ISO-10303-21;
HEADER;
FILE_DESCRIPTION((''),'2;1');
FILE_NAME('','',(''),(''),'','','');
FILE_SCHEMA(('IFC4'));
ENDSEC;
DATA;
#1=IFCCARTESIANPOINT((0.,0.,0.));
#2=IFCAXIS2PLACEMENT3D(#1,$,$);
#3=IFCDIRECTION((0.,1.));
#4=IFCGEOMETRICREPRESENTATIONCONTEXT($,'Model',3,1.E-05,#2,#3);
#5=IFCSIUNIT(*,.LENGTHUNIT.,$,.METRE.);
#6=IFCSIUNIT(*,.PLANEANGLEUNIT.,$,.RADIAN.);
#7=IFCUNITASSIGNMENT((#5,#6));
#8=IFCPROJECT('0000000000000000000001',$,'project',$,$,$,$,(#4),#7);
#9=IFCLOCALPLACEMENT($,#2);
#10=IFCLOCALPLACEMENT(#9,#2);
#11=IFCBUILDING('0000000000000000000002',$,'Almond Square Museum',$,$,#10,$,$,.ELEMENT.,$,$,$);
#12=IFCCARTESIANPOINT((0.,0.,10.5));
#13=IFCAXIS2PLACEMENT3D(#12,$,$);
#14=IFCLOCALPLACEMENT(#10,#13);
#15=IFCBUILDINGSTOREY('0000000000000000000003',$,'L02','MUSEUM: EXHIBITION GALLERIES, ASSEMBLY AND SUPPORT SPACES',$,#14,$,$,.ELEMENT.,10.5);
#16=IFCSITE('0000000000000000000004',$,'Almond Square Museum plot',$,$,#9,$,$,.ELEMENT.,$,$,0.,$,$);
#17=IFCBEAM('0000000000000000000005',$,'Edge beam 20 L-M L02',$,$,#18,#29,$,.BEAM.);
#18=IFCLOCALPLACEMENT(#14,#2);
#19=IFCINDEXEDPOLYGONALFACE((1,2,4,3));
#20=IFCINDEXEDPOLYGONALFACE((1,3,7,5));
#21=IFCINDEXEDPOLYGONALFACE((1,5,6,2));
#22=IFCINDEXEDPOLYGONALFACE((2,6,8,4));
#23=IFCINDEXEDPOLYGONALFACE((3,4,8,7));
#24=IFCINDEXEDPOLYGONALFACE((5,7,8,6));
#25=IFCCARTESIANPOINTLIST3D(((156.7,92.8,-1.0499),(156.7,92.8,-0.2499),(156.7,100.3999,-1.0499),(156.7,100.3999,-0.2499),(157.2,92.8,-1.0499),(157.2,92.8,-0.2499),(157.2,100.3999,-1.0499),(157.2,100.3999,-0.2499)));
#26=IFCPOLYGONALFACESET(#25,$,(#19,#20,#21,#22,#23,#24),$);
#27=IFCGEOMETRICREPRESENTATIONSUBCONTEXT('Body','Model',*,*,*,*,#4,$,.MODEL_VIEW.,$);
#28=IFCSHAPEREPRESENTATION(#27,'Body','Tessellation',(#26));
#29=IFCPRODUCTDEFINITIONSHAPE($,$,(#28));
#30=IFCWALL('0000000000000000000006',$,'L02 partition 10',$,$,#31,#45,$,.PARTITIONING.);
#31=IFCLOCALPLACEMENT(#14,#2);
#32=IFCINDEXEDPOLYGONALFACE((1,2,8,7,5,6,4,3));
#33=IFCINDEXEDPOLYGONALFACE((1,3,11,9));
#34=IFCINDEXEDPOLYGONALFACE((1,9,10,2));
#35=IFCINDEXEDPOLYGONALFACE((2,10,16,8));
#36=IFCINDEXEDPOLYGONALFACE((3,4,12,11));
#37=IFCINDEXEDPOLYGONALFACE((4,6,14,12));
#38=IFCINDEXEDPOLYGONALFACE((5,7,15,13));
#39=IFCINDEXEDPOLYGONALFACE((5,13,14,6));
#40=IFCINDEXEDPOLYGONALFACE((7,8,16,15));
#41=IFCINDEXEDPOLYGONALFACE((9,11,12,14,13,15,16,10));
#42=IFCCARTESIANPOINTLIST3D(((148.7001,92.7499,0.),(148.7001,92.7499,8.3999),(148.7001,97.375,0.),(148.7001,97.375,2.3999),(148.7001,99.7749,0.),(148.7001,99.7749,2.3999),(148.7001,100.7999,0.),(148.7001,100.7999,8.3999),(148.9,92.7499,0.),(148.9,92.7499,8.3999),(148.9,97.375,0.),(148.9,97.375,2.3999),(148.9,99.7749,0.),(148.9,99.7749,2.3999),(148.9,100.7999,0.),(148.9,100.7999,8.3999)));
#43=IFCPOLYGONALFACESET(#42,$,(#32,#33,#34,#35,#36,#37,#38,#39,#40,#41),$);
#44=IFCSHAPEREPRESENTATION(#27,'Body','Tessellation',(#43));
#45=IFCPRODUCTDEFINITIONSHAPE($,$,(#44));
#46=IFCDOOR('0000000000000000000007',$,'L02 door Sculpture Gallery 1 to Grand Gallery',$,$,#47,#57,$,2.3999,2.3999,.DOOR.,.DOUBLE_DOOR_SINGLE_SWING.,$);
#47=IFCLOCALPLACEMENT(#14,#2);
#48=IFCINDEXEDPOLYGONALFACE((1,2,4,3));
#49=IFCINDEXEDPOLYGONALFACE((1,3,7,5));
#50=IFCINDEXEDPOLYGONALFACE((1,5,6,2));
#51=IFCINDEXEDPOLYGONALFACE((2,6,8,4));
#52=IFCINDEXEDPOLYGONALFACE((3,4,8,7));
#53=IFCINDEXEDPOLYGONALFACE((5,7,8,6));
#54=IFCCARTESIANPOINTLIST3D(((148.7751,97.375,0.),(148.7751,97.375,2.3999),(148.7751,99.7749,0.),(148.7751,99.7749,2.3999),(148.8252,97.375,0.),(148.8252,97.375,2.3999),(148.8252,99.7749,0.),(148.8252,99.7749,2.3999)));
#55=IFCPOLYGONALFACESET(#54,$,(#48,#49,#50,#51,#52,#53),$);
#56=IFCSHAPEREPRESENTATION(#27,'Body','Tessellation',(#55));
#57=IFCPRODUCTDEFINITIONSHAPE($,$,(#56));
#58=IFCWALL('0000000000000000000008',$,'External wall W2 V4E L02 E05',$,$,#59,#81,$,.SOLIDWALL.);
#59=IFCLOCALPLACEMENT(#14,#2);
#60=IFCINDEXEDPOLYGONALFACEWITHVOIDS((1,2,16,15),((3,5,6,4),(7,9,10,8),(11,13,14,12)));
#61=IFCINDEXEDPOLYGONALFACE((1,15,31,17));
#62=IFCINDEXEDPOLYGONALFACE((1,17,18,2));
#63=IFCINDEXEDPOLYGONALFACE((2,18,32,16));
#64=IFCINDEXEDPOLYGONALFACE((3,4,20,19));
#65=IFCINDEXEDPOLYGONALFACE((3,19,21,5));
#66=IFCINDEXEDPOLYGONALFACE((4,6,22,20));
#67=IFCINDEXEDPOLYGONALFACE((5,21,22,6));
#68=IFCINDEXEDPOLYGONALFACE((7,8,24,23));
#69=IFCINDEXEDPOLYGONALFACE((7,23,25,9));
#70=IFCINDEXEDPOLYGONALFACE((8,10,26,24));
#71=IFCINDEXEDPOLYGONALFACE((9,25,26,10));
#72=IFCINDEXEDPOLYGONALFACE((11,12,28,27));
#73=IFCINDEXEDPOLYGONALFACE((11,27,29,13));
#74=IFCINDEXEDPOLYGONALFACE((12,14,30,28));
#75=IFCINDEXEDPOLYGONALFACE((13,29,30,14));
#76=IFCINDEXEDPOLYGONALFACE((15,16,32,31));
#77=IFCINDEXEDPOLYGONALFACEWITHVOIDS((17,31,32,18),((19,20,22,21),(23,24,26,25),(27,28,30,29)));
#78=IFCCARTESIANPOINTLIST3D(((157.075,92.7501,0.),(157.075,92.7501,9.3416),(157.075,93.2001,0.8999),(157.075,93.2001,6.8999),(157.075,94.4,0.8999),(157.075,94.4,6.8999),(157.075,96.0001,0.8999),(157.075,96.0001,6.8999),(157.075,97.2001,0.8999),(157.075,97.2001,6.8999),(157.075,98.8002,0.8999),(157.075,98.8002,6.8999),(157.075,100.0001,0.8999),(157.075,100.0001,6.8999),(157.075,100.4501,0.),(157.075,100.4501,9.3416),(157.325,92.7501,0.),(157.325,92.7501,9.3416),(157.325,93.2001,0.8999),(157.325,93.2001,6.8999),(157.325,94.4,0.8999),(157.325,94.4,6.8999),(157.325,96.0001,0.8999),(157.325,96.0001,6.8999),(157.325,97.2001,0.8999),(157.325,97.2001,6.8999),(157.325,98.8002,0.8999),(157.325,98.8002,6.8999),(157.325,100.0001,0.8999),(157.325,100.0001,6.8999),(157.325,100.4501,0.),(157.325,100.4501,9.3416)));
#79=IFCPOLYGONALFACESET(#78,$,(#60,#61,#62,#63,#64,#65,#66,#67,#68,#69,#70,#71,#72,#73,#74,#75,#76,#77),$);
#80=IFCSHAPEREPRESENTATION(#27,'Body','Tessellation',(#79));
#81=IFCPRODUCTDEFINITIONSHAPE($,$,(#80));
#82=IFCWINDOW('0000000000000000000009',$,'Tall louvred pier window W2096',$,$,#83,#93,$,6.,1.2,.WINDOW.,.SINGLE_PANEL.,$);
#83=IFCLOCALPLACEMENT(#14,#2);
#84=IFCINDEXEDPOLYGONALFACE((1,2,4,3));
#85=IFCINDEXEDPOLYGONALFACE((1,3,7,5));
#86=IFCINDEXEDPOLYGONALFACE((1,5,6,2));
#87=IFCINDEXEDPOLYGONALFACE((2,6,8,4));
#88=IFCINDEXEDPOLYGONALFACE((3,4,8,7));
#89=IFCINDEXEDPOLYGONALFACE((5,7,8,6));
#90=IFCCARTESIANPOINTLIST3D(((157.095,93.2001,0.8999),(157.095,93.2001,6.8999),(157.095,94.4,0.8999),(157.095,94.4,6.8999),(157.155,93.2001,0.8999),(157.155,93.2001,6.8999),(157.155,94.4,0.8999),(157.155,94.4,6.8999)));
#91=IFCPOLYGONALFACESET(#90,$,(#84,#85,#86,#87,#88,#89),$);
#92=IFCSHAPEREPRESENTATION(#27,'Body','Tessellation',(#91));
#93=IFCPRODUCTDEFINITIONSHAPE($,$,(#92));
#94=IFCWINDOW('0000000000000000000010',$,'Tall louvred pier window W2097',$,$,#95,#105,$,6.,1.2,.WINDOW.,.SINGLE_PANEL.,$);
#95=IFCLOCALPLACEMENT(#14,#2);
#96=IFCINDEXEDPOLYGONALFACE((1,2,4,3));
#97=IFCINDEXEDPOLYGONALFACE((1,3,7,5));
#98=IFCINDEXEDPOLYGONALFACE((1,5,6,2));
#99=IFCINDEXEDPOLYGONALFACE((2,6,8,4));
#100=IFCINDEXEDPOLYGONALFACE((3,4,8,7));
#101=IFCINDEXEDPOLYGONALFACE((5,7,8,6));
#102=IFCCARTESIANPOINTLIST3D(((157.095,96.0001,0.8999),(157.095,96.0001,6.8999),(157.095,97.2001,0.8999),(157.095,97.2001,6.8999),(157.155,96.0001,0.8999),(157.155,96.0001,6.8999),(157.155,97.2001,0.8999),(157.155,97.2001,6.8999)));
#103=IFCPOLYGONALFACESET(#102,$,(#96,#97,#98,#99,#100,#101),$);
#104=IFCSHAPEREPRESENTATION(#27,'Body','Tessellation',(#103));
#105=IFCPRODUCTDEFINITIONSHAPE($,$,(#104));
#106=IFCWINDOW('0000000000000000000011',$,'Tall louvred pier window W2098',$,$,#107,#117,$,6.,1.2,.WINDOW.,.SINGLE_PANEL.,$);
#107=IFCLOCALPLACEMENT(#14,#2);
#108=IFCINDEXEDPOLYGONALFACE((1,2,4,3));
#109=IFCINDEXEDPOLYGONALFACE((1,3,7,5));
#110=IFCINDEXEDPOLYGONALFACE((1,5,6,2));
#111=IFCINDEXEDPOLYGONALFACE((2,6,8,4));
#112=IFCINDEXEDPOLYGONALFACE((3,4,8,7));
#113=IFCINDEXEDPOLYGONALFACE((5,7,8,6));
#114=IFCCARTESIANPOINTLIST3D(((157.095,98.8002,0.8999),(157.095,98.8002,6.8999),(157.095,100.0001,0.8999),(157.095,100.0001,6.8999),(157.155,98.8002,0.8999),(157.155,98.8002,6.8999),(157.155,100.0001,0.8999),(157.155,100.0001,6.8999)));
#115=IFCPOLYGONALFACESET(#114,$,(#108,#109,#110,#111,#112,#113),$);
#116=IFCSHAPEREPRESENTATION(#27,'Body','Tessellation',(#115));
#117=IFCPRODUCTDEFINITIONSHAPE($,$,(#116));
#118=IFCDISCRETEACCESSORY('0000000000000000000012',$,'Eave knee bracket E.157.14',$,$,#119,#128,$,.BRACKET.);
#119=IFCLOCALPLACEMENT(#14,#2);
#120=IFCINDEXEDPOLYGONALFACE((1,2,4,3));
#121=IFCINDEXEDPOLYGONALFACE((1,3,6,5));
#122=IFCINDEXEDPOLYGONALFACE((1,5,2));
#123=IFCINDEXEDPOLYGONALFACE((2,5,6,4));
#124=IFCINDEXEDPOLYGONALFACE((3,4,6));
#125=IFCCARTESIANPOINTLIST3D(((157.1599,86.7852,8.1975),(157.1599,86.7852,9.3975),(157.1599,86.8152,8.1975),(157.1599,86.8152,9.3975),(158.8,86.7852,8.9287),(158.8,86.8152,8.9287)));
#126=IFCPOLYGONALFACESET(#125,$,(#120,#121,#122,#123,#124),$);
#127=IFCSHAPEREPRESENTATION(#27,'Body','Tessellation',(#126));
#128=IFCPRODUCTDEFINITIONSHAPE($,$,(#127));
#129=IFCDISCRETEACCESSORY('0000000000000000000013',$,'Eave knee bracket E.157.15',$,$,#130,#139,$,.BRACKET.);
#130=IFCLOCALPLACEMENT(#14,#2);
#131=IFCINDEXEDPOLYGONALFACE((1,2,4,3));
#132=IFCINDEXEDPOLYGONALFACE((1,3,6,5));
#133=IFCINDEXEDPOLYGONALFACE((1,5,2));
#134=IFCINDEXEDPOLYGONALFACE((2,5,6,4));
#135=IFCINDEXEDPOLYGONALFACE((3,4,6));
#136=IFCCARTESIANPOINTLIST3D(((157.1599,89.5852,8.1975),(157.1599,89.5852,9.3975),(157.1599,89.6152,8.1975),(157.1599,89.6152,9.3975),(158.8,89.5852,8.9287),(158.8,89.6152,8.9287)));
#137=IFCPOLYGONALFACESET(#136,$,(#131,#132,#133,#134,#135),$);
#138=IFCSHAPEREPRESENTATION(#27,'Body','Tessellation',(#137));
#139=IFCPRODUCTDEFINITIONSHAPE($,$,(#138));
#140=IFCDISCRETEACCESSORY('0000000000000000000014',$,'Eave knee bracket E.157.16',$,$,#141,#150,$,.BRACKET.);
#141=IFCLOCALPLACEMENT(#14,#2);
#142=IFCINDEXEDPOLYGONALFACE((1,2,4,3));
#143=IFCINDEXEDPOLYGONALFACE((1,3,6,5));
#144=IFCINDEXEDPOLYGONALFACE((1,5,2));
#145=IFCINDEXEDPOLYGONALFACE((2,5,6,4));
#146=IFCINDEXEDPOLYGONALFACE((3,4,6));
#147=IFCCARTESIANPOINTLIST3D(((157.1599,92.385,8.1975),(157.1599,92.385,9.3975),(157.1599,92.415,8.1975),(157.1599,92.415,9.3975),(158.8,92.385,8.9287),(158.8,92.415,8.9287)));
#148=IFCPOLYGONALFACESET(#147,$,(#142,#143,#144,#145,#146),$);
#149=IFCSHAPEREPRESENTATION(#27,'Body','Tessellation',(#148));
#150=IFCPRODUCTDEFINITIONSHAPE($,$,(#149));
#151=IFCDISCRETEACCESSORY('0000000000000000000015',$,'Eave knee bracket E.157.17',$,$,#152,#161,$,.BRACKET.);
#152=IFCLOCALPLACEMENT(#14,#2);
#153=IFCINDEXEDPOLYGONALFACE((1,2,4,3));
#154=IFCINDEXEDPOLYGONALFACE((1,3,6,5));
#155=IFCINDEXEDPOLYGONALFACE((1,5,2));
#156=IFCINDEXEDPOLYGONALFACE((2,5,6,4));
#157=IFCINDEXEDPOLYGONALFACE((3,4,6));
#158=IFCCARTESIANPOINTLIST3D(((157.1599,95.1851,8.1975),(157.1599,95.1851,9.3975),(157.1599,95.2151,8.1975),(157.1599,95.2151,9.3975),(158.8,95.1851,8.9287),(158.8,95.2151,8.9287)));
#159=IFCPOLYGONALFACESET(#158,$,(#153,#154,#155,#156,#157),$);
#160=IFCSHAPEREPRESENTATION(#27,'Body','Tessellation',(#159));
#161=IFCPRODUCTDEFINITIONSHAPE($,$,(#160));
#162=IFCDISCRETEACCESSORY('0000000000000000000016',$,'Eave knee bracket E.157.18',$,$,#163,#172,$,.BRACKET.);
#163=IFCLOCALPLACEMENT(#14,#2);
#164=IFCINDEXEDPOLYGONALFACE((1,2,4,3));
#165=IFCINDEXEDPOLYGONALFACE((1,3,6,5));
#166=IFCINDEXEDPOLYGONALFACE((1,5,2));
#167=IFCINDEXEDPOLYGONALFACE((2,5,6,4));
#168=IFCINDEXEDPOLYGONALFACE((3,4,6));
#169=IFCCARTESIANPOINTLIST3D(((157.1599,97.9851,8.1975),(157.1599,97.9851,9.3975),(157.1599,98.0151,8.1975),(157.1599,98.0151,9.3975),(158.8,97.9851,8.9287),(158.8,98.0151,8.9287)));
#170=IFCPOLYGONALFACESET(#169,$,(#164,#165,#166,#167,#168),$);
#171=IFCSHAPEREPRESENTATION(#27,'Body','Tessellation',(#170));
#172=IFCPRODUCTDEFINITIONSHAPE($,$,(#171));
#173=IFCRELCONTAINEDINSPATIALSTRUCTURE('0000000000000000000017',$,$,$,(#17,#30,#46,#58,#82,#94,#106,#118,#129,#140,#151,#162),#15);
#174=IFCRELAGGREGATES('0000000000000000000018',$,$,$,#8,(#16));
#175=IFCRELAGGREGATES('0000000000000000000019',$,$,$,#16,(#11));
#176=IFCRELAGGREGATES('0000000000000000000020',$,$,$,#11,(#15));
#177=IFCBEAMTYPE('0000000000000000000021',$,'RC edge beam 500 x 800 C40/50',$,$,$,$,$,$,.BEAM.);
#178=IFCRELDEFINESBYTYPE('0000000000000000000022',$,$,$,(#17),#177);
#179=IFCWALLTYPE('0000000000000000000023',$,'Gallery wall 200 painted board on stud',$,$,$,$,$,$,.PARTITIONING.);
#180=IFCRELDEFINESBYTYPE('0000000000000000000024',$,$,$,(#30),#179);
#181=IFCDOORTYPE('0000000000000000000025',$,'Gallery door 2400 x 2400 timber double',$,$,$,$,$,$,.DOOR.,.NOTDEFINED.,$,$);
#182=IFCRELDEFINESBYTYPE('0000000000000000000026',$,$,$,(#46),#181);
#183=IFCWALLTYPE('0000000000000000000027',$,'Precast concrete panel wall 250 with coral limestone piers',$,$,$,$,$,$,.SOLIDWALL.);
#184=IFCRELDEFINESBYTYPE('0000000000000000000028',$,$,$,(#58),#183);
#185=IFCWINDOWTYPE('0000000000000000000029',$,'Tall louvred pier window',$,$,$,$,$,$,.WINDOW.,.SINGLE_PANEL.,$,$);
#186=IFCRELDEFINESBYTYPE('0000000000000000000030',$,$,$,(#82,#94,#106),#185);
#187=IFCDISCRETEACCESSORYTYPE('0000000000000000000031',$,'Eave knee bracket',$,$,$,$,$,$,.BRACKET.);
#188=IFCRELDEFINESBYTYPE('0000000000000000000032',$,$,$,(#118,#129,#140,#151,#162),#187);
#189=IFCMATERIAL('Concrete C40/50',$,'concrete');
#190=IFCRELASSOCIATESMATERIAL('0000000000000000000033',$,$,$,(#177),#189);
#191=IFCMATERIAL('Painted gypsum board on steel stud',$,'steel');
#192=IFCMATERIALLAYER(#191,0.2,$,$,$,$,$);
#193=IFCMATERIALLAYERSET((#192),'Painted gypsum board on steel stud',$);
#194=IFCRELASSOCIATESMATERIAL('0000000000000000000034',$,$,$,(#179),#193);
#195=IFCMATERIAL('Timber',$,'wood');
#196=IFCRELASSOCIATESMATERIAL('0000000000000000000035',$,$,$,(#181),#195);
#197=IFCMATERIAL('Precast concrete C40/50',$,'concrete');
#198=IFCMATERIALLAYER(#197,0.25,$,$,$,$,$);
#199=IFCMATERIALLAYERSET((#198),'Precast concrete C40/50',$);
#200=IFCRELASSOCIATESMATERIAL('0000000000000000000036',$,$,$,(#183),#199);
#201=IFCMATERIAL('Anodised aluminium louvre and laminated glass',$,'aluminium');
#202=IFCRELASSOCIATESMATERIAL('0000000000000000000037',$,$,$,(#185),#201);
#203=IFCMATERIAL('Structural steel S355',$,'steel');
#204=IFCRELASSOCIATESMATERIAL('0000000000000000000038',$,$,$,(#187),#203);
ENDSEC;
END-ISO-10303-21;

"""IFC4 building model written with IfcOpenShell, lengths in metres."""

from ifc_helpers import new_model, si_unit, direction, frame, frame_2d, origin, origin_2d, place, context, subcontext, project, spatial, polyline, rectangle, outline, extrude, material, layer, layer_set, material_profile, profile_set, type_object, element, fill, save


model = new_model("IFC4")

# Units and contexts
model_context = context("Model", 3, precision=1e-05, world=origin(), true_north=direction((0.0, 1.0)))
body_context = subcontext(model_context, "Body", "Model", "MODEL_VIEW")
ifc_project = project(units=[si_unit("LENGTHUNIT", "METRE"), si_unit("PLANEANGLEUNIT", "RADIAN")], contexts=[model_context])

# Site, building, storey
site_placement = place(None, origin())
site = spatial("IfcSite", under=ifc_project, at=site_placement, Name="Almond Square Museum plot", CompositionType="ELEMENT", RefElevation=0.0)
building_placement = place(site_placement, origin())
building = spatial("IfcBuilding", under=site, at=building_placement, Name="Almond Square Museum", CompositionType="ELEMENT")
storey_placement = place(building_placement, frame((0.0, 0.0, 10.5)))
storey = spatial("IfcBuildingStorey", under=building, at=storey_placement, Name="L02", Description="MUSEUM: EXHIBITION GALLERIES, ASSEMBLY AND SUPPORT SPACES", CompositionType="ELEMENT", Elevation=10.5)

# Beam
ifc_material_1 = material(Name="Concrete C40/50", Category="concrete")
ifc_material_profile_1 = material_profile(ifc_material_1, rectangle(XDim=0.5, YDim=0.8, at=origin_2d()))
ifc_profile_set_1 = profile_set([ifc_material_profile_1], Name="Concrete C40/50")
beam_type_1 = type_object("IfcBeamType", Name="RC edge beam 500 x 800 C40/50", PredefinedType="BEAM", material=ifc_profile_set_1)
beam_1_placement = place(storey_placement, frame((156.95, 92.8, -0.6499), z_axis=(0.0, 1.0, 0.0), x_axis=(-1.0, 0.0, 0.0)))
element("IfcBeam", 1, at=beam_1_placement, inside=storey, type_object=beam_type_1, Name="Edge beam 20 L-M L02", PredefinedType="BEAM", context=body_context, shape_type="SweptSolid", body=[
    extrude(rectangle(XDim=0.5, YDim=0.8, at=origin_2d()), origin(), (0.0, 0.0, 1.0), 7.5999),
])

# Wall, opening, door
ifc_material_2 = material(Name="Painted gypsum board on steel stud", Category="steel")
ifc_layer_1 = layer(ifc_material_2, 0.2)
ifc_layer_set_1 = layer_set([ifc_layer_1], Name="Painted gypsum board on steel stud")
wall_type_1 = type_object("IfcWallType", Name="Gallery wall 200 painted board on stud", PredefinedType="PARTITIONING", material=ifc_layer_set_1)
wall_1_placement = place(storey_placement, frame((148.8, 92.75, 0.0), z_axis=(0.0, 0.0, 1.0), x_axis=(0.0, 1.0, 0.0)))
wall_1 = element("IfcWall", 2, at=wall_1_placement, inside=storey, type_object=wall_type_1, Name="L02 partition 10", PredefinedType="PARTITIONING", context=body_context, shape_type="SweptSolid", body=[
    extrude(rectangle(XDim=8.05, YDim=0.2, at=frame_2d((4.0249, 0.0))), origin(), (0.0, 0.0, 1.0), 8.3999),
])
opening_1_placement = place(wall_1_placement, frame((4.625, 0.0, 0.0)))
opening_1 = element("IfcOpeningElement", 3, at=opening_1_placement, cuts=wall_1, PredefinedType="OPENING", context=body_context, shape_type="SweptSolid", body=[
    extrude(rectangle(XDim=2.3999, YDim=2.3999, at=frame_2d((1.2, 1.2))), frame((0.0, 0.1099, 0.0), z_axis=(0.0, -1.0, 0.0), x_axis=(1.0, 0.0, 0.0)), (0.0, 0.0, 1.0), 0.22),
])
ifc_material_3 = material(Name="Timber", Category="wood")
door_type = type_object("IfcDoorType", Name="Gallery door 2400 x 2400 timber double", OperationType="NOTDEFINED", PredefinedType="DOOR", material=ifc_material_3)
door_placement = place(opening_1_placement, origin())
door = element("IfcDoor", 4, at=door_placement, inside=storey, type_object=door_type, Name="L02 door Sculpture Gallery 1 to Grand Gallery", OperationType="DOUBLE_DOOR_SINGLE_SWING", OverallHeight=2.3999, OverallWidth=2.3999, PredefinedType="DOOR", context=body_context, shape_type="SweptSolid", body=[
    extrude(rectangle(XDim=2.3999, YDim=2.3999, at=frame_2d((1.2, 1.2))), frame((0.0, 0.0249, 0.0), z_axis=(0.0, -1.0, 0.0), x_axis=(1.0, 0.0, 0.0)), (0.0, 0.0, 1.0), 0.05),
])
fill(opening_1, door)

# Wall, openings, windows
ifc_material_4 = material(Name="Precast concrete C40/50", Category="concrete")
ifc_layer_2 = layer(ifc_material_4, 0.25)
ifc_layer_set_2 = layer_set([ifc_layer_2], Name="Precast concrete C40/50")
wall_type_2 = type_object("IfcWallType", Name="Precast concrete panel wall 250 with coral limestone piers", PredefinedType="SOLIDWALL", material=ifc_layer_set_2)
wall_2_placement = place(storey_placement, frame((157.2, 92.75, 0.0), z_axis=(0.0, 0.0, 1.0), x_axis=(0.0, 1.0, 0.0)))
wall_2 = element("IfcWall", 5, at=wall_2_placement, inside=storey, type_object=wall_type_2, Name="External wall W2 V4E L02 E05", PredefinedType="SOLIDWALL", context=body_context, shape_type="SweptSolid", body=[
    extrude(rectangle(XDim=7.7, YDim=0.25, at=frame_2d((3.8501, 0.0))), origin(), (0.0, 0.0, 1.0), 9.3416),
])
opening_2_placement = place(wall_2_placement, frame((0.45, 0.0, 0.8999)))
opening_2 = element("IfcOpeningElement", 6, at=opening_2_placement, cuts=wall_2, PredefinedType="OPENING", context=body_context, shape_type="SweptSolid", body=[
    extrude(rectangle(XDim=1.2, YDim=6.0, at=frame_2d((0.6001, 3.0))), frame((0.0, 0.135, 0.0), z_axis=(0.0, -1.0, 0.0), x_axis=(1.0, 0.0, 0.0)), (0.0, 0.0, 1.0), 0.27),
])
opening_3_placement = place(wall_2_placement, frame((3.25, 0.0, 0.8999)))
opening_3 = element("IfcOpeningElement", 7, at=opening_3_placement, cuts=wall_2, PredefinedType="OPENING", context=body_context, shape_type="SweptSolid", body=[
    extrude(rectangle(XDim=1.2, YDim=6.0, at=frame_2d((0.6001, 3.0))), frame((0.0, 0.135, 0.0), z_axis=(0.0, -1.0, 0.0), x_axis=(1.0, 0.0, 0.0)), (0.0, 0.0, 1.0), 0.27),
])
opening_4_placement = place(wall_2_placement, frame((6.05, 0.0, 0.8999)))
opening_4 = element("IfcOpeningElement", 8, at=opening_4_placement, cuts=wall_2, PredefinedType="OPENING", context=body_context, shape_type="SweptSolid", body=[
    extrude(rectangle(XDim=1.2, YDim=6.0, at=frame_2d((0.6001, 3.0))), frame((0.0, 0.135, 0.0), z_axis=(0.0, -1.0, 0.0), x_axis=(1.0, 0.0, 0.0)), (0.0, 0.0, 1.0), 0.27),
])
ifc_material_5 = material(Name="Anodised aluminium louvre and laminated glass", Category="aluminium")
window_type = type_object("IfcWindowType", Name="Tall louvred pier window", PartitioningType="SINGLE_PANEL", PredefinedType="WINDOW", material=ifc_material_5)
window_1_placement = place(opening_2_placement, origin())
window_1 = element("IfcWindow", 9, at=window_1_placement, inside=storey, type_object=window_type, Name="Tall louvred pier window W2096", OverallHeight=6.0, OverallWidth=1.2, PartitioningType="SINGLE_PANEL", PredefinedType="WINDOW", context=body_context, shape_type="SweptSolid", body=[
    extrude(rectangle(XDim=1.2, YDim=6.0, at=frame_2d((0.6001, 3.0))), frame((0.0, 0.105, 0.0), z_axis=(0.0, -1.0, 0.0), x_axis=(1.0, 0.0, 0.0)), (0.0, 0.0, 1.0), 0.0601),
])
fill(opening_2, window_1)
window_2_placement = place(opening_3_placement, origin())
window_2 = element("IfcWindow", 10, at=window_2_placement, inside=storey, type_object=window_type, Name="Tall louvred pier window W2097", OverallHeight=6.0, OverallWidth=1.2, PartitioningType="SINGLE_PANEL", PredefinedType="WINDOW", context=body_context, shape_type="SweptSolid", body=[
    extrude(rectangle(XDim=1.2, YDim=6.0, at=frame_2d((0.6001, 3.0))), frame((0.0, 0.105, 0.0), z_axis=(0.0, -1.0, 0.0), x_axis=(1.0, 0.0, 0.0)), (0.0, 0.0, 1.0), 0.0601),
])
fill(opening_3, window_2)
window_3_placement = place(opening_4_placement, origin())
window_3 = element("IfcWindow", 11, at=window_3_placement, inside=storey, type_object=window_type, Name="Tall louvred pier window W2098", OverallHeight=6.0, OverallWidth=1.2, PartitioningType="SINGLE_PANEL", PredefinedType="WINDOW", context=body_context, shape_type="SweptSolid", body=[
    extrude(rectangle(XDim=1.2, YDim=6.0, at=frame_2d((0.6001, 3.0))), frame((0.0, 0.105, 0.0), z_axis=(0.0, -1.0, 0.0), x_axis=(1.0, 0.0, 0.0)), (0.0, 0.0, 1.0), 0.0601),
])
fill(opening_4, window_3)

# Discrete accessories
ifc_material_6 = material(Name="Structural steel S355", Category="steel")
discrete_accessory_type_1 = type_object("IfcDiscreteAccessoryType", Name="Eave knee bracket", PredefinedType="BRACKET", material=ifc_material_6)
for number, where, z_axis, x_axis, name in (
    (12, (157.1599, 86.8, 9.3975), (0.0, -1.0, 0.0), (0.0, 0.0, -1.0), "Eave knee bracket E.157.14"),
    (13, (157.1599, 89.6001, 9.3975), (0.0, -1.0, 0.0), (0.0, 0.0, -1.0), "Eave knee bracket E.157.15"),
    (14, (157.1599, 92.3999, 9.3975), (0.0, -1.0, 0.0), (0.0, 0.0, -1.0), "Eave knee bracket E.157.16"),
    (15, (157.1599, 95.2, 9.3975), (0.0, -1.0, 0.0), (0.0, 0.0, -1.0), "Eave knee bracket E.157.17"),
    (16, (157.1599, 98.0, 9.3975), (0.0, -1.0, 0.0), (0.0, 0.0, -1.0), "Eave knee bracket E.157.18"),
):
    element("IfcDiscreteAccessory", number, at=place(storey_placement, frame(where, z_axis=z_axis, x_axis=x_axis)), inside=storey, type_object=discrete_accessory_type_1, Name=name, PredefinedType="BRACKET", context=body_context, shape_type="SweptSolid", body=[
        extrude(outline(polyline([(0.0, 0.0), (1.2, 0.0), (0.4688, 1.6401), (0.0, 0.0)])), frame((0.0, 0.0, -0.0151)), (0.0, 0.0, 1.0), 0.03),
    ])

save(model, "model.ifc")
